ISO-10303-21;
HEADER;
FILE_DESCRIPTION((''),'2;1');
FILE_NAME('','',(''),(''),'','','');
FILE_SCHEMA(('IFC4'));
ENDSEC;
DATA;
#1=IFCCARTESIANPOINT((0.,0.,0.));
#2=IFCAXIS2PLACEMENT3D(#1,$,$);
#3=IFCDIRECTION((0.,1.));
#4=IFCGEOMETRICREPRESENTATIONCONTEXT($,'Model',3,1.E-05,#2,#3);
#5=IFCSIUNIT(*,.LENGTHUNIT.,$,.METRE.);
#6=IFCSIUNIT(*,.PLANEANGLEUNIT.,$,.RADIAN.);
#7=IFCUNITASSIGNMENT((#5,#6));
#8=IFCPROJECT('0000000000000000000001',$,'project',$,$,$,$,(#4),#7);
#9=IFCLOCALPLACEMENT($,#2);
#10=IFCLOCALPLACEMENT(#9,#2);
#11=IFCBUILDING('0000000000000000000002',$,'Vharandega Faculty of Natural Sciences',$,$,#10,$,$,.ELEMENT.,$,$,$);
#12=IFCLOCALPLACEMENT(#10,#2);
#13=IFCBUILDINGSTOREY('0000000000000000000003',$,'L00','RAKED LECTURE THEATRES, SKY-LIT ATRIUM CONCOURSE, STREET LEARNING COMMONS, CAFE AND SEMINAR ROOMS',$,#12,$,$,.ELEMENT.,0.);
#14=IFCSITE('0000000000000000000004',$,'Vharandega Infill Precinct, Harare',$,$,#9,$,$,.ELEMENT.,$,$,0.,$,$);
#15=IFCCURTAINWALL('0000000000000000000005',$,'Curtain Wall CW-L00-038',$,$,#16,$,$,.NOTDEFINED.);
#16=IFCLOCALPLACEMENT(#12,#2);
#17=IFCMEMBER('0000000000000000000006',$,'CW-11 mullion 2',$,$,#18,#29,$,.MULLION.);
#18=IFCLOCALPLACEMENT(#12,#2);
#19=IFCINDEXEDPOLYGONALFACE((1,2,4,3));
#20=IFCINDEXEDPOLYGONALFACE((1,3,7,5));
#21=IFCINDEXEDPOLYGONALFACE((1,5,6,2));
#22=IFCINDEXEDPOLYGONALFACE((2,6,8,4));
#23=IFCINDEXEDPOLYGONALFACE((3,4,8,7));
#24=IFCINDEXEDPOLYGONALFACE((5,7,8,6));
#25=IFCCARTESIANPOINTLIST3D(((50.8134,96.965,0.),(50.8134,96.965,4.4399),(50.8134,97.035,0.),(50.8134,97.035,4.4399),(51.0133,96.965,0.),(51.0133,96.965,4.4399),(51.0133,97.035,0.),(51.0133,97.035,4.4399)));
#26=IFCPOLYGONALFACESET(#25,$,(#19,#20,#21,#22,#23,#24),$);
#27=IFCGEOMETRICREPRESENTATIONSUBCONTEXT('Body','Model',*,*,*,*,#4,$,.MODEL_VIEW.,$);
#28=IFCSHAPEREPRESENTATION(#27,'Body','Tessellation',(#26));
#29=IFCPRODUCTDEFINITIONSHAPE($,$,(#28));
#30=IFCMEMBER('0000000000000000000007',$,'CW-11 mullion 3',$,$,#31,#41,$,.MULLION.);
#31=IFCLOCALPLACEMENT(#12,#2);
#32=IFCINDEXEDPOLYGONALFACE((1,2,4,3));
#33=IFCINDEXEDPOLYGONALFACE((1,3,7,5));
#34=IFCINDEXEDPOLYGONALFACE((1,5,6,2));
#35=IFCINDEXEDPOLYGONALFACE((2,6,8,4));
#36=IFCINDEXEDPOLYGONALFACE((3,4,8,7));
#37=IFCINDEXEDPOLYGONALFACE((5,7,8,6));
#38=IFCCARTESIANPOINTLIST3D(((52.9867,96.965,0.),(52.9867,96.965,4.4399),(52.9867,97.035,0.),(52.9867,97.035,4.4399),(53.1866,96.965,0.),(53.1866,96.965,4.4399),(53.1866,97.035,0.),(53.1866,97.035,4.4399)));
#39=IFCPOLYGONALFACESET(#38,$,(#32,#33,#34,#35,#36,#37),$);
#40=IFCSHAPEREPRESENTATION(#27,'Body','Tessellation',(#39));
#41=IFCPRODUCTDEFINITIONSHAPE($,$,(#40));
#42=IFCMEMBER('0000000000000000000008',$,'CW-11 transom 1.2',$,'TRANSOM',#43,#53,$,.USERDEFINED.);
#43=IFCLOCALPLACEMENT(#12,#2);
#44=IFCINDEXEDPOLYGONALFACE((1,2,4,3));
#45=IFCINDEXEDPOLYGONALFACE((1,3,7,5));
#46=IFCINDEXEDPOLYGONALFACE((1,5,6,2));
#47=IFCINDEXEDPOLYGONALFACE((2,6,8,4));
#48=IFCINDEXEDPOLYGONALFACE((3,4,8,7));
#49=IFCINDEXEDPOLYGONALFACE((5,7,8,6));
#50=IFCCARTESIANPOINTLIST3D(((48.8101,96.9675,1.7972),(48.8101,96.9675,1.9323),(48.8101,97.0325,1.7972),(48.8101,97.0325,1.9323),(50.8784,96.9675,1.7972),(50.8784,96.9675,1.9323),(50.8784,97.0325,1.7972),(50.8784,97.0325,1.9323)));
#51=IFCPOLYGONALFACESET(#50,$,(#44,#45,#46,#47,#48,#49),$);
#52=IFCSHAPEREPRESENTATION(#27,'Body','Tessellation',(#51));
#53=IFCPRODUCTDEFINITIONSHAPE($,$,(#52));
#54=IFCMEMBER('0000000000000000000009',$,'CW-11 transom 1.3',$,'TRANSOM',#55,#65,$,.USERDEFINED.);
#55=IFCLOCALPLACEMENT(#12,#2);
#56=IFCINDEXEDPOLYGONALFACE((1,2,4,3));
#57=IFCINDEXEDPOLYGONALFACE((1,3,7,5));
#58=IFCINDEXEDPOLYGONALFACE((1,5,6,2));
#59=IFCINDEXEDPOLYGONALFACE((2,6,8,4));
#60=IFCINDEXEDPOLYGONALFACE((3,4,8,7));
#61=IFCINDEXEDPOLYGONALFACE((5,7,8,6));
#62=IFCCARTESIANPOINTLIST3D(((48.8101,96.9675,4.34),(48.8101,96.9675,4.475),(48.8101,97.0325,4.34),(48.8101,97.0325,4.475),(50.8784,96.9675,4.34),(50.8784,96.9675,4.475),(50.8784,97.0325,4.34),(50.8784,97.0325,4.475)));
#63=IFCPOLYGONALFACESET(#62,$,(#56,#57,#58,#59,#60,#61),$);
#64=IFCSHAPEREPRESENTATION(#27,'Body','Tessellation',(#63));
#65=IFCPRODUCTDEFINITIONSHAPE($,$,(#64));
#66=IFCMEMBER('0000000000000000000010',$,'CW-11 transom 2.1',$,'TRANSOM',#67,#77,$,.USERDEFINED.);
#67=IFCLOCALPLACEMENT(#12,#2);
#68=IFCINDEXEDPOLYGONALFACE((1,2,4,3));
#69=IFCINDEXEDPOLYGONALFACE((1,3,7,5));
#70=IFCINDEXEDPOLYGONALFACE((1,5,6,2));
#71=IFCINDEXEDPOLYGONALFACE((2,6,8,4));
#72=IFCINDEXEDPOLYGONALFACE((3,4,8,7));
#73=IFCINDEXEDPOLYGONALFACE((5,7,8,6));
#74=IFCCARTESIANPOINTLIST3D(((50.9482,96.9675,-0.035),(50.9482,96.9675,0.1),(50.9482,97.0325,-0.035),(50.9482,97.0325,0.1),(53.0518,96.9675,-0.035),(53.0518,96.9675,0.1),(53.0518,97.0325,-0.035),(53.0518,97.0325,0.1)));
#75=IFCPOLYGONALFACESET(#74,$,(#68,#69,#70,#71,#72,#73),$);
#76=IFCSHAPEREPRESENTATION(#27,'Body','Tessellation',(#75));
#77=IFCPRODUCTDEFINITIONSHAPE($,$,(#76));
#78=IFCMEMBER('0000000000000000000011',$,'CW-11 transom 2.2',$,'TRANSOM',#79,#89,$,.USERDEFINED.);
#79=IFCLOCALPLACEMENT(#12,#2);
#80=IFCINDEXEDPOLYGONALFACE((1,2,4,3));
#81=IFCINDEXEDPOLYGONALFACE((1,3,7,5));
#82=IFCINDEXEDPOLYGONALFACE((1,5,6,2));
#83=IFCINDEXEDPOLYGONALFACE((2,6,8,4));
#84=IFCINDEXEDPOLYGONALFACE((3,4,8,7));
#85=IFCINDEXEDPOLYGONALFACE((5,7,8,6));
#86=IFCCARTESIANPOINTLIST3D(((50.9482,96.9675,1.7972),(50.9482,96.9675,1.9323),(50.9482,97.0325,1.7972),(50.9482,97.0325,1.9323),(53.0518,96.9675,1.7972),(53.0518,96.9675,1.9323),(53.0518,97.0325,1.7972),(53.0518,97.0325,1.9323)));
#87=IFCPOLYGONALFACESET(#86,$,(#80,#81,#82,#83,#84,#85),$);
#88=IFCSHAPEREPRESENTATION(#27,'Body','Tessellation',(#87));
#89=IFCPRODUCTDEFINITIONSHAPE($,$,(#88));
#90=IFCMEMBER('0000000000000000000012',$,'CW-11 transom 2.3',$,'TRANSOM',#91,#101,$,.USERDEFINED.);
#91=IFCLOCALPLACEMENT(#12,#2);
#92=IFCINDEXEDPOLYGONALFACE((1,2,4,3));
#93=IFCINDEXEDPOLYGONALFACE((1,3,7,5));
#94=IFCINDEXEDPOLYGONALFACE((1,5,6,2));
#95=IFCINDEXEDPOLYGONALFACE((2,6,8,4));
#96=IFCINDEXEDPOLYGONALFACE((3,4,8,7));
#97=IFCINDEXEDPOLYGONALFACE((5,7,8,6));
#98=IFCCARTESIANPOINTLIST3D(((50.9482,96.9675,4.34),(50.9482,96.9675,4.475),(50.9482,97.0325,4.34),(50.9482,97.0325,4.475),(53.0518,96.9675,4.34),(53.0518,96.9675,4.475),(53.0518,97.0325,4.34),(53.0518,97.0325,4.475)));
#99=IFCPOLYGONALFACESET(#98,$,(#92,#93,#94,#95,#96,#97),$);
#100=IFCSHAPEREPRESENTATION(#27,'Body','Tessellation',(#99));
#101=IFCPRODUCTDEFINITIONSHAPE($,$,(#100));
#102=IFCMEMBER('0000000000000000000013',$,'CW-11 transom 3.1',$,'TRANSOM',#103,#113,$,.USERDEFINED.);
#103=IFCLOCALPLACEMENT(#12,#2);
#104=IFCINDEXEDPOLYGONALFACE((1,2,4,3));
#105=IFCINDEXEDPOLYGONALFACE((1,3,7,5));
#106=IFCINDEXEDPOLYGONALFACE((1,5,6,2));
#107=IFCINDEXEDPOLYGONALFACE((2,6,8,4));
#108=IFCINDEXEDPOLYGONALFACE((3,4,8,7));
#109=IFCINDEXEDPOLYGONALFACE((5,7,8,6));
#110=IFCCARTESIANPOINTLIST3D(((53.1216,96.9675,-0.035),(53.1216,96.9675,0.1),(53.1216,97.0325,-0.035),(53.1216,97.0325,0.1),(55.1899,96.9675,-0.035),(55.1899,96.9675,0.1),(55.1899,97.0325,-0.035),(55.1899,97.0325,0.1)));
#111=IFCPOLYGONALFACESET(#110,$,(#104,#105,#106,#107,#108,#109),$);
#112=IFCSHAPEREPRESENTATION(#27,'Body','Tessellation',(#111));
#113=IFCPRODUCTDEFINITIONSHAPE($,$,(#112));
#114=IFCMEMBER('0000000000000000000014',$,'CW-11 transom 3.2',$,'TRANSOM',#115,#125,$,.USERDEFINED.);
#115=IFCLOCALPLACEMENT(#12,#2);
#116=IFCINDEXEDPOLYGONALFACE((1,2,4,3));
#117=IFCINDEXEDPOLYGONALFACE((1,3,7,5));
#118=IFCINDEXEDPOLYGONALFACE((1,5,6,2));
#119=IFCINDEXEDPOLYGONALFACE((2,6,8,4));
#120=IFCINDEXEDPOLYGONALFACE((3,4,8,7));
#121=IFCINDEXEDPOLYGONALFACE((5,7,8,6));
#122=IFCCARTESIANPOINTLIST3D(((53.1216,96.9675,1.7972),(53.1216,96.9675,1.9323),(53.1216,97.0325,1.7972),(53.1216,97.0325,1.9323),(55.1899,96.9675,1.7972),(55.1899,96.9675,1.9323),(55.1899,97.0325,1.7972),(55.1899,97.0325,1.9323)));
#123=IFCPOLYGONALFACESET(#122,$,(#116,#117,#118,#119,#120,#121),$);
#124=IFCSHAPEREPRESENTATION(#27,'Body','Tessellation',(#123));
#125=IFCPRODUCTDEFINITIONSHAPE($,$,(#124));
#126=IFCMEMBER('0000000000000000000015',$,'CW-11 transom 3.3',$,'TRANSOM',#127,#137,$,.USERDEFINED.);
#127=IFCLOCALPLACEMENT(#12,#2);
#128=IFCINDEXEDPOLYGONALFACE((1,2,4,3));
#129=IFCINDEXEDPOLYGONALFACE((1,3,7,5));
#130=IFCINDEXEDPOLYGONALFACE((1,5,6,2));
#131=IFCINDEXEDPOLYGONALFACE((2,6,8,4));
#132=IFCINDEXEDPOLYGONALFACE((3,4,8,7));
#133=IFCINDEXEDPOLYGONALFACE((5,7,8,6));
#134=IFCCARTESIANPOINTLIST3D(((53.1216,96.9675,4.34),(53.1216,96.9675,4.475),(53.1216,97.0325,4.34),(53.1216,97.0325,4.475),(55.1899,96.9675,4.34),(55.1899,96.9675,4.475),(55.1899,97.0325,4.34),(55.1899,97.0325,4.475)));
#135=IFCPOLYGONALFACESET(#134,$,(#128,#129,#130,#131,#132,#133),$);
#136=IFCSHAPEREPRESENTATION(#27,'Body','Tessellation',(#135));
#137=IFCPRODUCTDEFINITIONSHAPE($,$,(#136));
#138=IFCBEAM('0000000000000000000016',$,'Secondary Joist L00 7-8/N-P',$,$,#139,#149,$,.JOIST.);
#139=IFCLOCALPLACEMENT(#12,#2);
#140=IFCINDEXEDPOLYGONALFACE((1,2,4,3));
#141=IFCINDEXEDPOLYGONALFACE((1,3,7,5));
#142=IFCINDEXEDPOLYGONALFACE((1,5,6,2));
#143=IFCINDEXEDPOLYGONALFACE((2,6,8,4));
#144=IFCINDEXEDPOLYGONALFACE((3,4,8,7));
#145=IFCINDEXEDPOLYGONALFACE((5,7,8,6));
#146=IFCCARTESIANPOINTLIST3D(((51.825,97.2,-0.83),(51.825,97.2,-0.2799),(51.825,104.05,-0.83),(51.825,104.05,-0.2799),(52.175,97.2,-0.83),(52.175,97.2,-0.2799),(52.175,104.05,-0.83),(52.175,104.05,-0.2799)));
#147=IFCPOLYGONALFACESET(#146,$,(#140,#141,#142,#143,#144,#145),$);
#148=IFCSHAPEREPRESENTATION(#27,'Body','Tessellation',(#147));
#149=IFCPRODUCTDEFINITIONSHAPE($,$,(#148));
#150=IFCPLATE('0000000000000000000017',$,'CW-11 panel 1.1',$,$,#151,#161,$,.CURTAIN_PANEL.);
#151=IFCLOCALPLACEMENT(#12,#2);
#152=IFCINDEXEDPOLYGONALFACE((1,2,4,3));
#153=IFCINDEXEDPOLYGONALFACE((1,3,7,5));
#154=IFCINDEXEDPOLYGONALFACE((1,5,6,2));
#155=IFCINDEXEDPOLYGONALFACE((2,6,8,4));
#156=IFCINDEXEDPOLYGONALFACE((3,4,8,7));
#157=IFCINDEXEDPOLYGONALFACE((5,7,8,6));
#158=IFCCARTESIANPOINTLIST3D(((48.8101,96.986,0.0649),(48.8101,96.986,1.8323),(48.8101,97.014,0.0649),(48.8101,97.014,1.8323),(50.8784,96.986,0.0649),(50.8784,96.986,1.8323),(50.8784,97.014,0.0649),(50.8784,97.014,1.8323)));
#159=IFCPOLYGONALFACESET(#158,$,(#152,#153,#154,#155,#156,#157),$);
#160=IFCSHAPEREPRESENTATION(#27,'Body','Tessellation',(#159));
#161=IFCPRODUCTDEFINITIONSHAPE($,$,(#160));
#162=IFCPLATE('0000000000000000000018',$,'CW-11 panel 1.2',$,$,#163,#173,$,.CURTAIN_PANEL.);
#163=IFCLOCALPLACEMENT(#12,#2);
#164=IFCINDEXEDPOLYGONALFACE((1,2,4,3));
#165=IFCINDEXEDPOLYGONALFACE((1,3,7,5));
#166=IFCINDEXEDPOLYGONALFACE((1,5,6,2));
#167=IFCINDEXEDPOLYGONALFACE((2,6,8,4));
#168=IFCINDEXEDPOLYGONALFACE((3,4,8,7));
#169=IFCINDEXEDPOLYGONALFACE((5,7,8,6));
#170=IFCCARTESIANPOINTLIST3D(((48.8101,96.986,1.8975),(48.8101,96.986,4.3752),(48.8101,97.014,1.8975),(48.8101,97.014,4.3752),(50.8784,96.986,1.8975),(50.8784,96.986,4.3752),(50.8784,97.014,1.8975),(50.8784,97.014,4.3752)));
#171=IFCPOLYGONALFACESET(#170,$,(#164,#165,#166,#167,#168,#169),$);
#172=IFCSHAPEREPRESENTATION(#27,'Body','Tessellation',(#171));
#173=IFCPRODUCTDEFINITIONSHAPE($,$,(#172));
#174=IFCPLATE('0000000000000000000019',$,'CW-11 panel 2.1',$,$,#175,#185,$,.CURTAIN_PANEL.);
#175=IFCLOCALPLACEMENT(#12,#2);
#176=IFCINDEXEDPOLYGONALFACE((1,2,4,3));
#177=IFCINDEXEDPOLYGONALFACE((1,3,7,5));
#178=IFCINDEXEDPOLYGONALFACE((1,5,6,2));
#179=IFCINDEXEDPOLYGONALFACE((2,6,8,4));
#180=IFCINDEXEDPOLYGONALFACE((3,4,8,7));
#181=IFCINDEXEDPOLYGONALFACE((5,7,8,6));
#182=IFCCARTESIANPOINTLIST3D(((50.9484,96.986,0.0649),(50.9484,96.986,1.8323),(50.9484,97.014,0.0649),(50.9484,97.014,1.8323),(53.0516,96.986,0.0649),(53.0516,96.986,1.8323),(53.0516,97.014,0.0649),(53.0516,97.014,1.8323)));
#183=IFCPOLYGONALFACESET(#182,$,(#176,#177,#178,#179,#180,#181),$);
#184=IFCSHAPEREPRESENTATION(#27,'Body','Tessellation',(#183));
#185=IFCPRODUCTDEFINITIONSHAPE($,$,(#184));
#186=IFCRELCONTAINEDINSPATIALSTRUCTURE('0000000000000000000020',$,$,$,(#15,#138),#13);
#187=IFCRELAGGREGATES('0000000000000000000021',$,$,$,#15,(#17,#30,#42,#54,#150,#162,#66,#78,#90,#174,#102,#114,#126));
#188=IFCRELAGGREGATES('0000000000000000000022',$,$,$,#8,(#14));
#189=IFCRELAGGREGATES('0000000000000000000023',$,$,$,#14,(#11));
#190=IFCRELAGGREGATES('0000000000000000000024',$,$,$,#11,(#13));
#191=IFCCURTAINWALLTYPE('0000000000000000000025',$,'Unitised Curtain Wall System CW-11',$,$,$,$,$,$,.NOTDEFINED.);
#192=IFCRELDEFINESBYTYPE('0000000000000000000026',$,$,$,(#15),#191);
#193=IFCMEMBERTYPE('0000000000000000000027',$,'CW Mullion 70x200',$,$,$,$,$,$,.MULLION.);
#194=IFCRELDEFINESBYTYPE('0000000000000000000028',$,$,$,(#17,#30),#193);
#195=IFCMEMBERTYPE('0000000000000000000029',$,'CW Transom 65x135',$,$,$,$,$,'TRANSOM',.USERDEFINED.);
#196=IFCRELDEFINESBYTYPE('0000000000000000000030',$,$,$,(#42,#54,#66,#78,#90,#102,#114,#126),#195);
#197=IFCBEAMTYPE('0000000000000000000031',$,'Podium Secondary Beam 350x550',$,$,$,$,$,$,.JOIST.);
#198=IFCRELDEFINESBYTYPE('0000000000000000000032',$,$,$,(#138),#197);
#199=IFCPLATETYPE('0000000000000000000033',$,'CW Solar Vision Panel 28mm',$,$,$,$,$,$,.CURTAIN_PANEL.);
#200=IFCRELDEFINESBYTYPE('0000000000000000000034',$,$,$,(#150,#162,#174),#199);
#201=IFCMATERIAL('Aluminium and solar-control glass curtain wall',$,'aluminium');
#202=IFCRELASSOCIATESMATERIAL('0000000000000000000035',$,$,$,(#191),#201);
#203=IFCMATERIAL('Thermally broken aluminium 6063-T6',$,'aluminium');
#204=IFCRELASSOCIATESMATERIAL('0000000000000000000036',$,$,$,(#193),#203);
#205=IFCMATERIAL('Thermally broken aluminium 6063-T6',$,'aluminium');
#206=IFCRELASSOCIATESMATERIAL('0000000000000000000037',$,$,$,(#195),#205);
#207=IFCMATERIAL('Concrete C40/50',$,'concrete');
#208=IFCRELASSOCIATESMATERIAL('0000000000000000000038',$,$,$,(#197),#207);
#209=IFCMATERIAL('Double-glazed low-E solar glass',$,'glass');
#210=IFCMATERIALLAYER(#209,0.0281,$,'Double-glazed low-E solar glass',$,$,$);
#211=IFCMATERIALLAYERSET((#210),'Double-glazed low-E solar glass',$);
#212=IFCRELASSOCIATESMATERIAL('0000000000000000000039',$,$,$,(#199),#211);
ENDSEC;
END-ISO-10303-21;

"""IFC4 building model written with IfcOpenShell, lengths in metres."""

from ifc_helpers import new_model, si_unit, direction, frame, origin, origin_2d, place, context, subcontext, project, spatial, rectangle, extrude, material, layer, layer_set, material_profile, profile_set, type_object, element, aggregate, save


model = new_model("IFC4")

# Units and contexts
model_context = context("Model", 3, precision=1e-05, world=origin(), true_north=direction((0.0, 1.0)))
body_context = subcontext(model_context, "Body", "Model", "MODEL_VIEW")
ifc_project = project(units=[si_unit("LENGTHUNIT", "METRE"), si_unit("PLANEANGLEUNIT", "RADIAN")], contexts=[model_context])

# Site, building, storey
site_placement = place(None, origin())
site = spatial("IfcSite", under=ifc_project, at=site_placement, Name="Vharandega Infill Precinct, Harare", CompositionType="ELEMENT", RefElevation=0.0)
building_placement = place(site_placement, origin())
building = spatial("IfcBuilding", under=site, at=building_placement, Name="Vharandega Faculty of Natural Sciences", CompositionType="ELEMENT")
storey_placement = place(building_placement, origin())
storey = spatial("IfcBuildingStorey", under=building, at=storey_placement, Name="L00", Description="RAKED LECTURE THEATRES, SKY-LIT ATRIUM CONCOURSE, STREET LEARNING COMMONS, CAFE AND SEMINAR ROOMS", CompositionType="ELEMENT", Elevation=0.0)

# Curtain wall, members
ifc_material_1 = material(Name="Aluminium and solar-control glass curtain wall", Category="aluminium")
curtain_wall_type = type_object("IfcCurtainWallType", Name="Unitised Curtain Wall System CW-11", PredefinedType="NOTDEFINED", material=ifc_material_1)
curtain_wall_placement = place(storey_placement, origin())
curtain_wall = element("IfcCurtainWall", 1, at=curtain_wall_placement, inside=storey, type_object=curtain_wall_type, Name="Curtain Wall CW-L00-038", PredefinedType="NOTDEFINED")
ifc_material_2 = material(Name="Thermally broken aluminium 6063-T6", Category="aluminium")
ifc_material_profile_1 = material_profile(ifc_material_2, rectangle(XDim=0.0701, YDim=0.2, at=origin_2d()), Name="ALU 70x200")
ifc_profile_set_1 = profile_set([ifc_material_profile_1], Name="Thermally broken aluminium 6063-T6")
member_type_1 = type_object("IfcMemberType", Name="CW Mullion 70x200", PredefinedType="MULLION", material=ifc_profile_set_1)
member_1_placement = place(storey_placement, frame((50.9133, 97.0, 0.0), z_axis=(0.0, 0.0, 1.0), x_axis=(0.0, 1.0, 0.0)))
member_1 = element("IfcMember", 2, at=member_1_placement, type_object=member_type_1, Name="CW-11 mullion 2", PredefinedType="MULLION", context=body_context, shape_type="SweptSolid", body=[
    extrude(rectangle(XDim=0.0701, YDim=0.2, at=origin_2d()), origin(), (0.0, 0.0, 1.0), 4.4399),
])
member_2_placement = place(storey_placement, frame((53.0867, 97.0, 0.0), z_axis=(0.0, 0.0, 1.0), x_axis=(0.0, 1.0, 0.0)))
member_2 = element("IfcMember", 3, at=member_2_placement, type_object=member_type_1, Name="CW-11 mullion 3", PredefinedType="MULLION", context=body_context, shape_type="SweptSolid", body=[
    extrude(rectangle(XDim=0.0701, YDim=0.2, at=origin_2d()), origin(), (0.0, 0.0, 1.0), 4.4399),
])
ifc_material_3 = material(Name="Thermally broken aluminium 6063-T6", Category="aluminium")
ifc_material_profile_2 = material_profile(ifc_material_3, rectangle(XDim=0.0649, YDim=0.135, at=origin_2d()), Name="ALU 65x135")
ifc_profile_set_2 = profile_set([ifc_material_profile_2], Name="Thermally broken aluminium 6063-T6")
member_type_2 = type_object("IfcMemberType", Name="CW Transom 65x135", ElementType="TRANSOM", PredefinedType="USERDEFINED", material=ifc_profile_set_2)
member_3_placement = place(storey_placement, frame((48.8101, 97.0, 1.8647), z_axis=(1.0, 0.0, 0.0), x_axis=(0.0, 1.0, 0.0)))
member_3 = element("IfcMember", 4, at=member_3_placement, type_object=member_type_2, Name="CW-11 transom 1.2", ObjectType="TRANSOM", PredefinedType="USERDEFINED", context=body_context, shape_type="SweptSolid", body=[
    extrude(rectangle(XDim=0.0649, YDim=0.135, at=origin_2d()), origin(), (0.0, 0.0, 1.0), 2.0684),
])
member_4_placement = place(storey_placement, frame((48.8101, 97.0, 4.4075), z_axis=(1.0, 0.0, 0.0), x_axis=(0.0, 1.0, 0.0)))
member_4 = element("IfcMember", 5, at=member_4_placement, type_object=member_type_2, Name="CW-11 transom 1.3", ObjectType="TRANSOM", PredefinedType="USERDEFINED", context=body_context, shape_type="SweptSolid", body=[
    extrude(rectangle(XDim=0.0649, YDim=0.135, at=origin_2d()), origin(), (0.0, 0.0, 1.0), 2.0684),
])
member_5_placement = place(storey_placement, frame((50.9482, 97.0, 0.0325), z_axis=(1.0, 0.0, 0.0), x_axis=(0.0, 1.0, 0.0)))
member_5 = element("IfcMember", 6, at=member_5_placement, type_object=member_type_2, Name="CW-11 transom 2.1", ObjectType="TRANSOM", PredefinedType="USERDEFINED", context=body_context, shape_type="SweptSolid", body=[
    extrude(rectangle(XDim=0.0649, YDim=0.135, at=origin_2d()), origin(), (0.0, 0.0, 1.0), 2.1035),
])
member_6_placement = place(storey_placement, frame((50.9482, 97.0, 1.8647), z_axis=(1.0, 0.0, 0.0), x_axis=(0.0, 1.0, 0.0)))
member_6 = element("IfcMember", 7, at=member_6_placement, type_object=member_type_2, Name="CW-11 transom 2.2", ObjectType="TRANSOM", PredefinedType="USERDEFINED", context=body_context, shape_type="SweptSolid", body=[
    extrude(rectangle(XDim=0.0649, YDim=0.135, at=origin_2d()), origin(), (0.0, 0.0, 1.0), 2.1035),
])
member_7_placement = place(storey_placement, frame((50.9482, 97.0, 4.4075), z_axis=(1.0, 0.0, 0.0), x_axis=(0.0, 1.0, 0.0)))
member_7 = element("IfcMember", 8, at=member_7_placement, type_object=member_type_2, Name="CW-11 transom 2.3", ObjectType="TRANSOM", PredefinedType="USERDEFINED", context=body_context, shape_type="SweptSolid", body=[
    extrude(rectangle(XDim=0.0649, YDim=0.135, at=origin_2d()), origin(), (0.0, 0.0, 1.0), 2.1035),
])
member_8_placement = place(storey_placement, frame((53.1216, 97.0, 0.0325), z_axis=(1.0, 0.0, 0.0), x_axis=(0.0, 1.0, 0.0)))
member_8 = element("IfcMember", 9, at=member_8_placement, type_object=member_type_2, Name="CW-11 transom 3.1", ObjectType="TRANSOM", PredefinedType="USERDEFINED", context=body_context, shape_type="SweptSolid", body=[
    extrude(rectangle(XDim=0.0649, YDim=0.135, at=origin_2d()), origin(), (0.0, 0.0, 1.0), 2.0684),
])
member_9_placement = place(storey_placement, frame((53.1216, 97.0, 1.8647), z_axis=(1.0, 0.0, 0.0), x_axis=(0.0, 1.0, 0.0)))
member_9 = element("IfcMember", 10, at=member_9_placement, type_object=member_type_2, Name="CW-11 transom 3.2", ObjectType="TRANSOM", PredefinedType="USERDEFINED", context=body_context, shape_type="SweptSolid", body=[
    extrude(rectangle(XDim=0.0649, YDim=0.135, at=origin_2d()), origin(), (0.0, 0.0, 1.0), 2.0684),
])
member_10_placement = place(storey_placement, frame((53.1216, 97.0, 4.4075), z_axis=(1.0, 0.0, 0.0), x_axis=(0.0, 1.0, 0.0)))
member_10 = element("IfcMember", 11, at=member_10_placement, type_object=member_type_2, Name="CW-11 transom 3.3", ObjectType="TRANSOM", PredefinedType="USERDEFINED", context=body_context, shape_type="SweptSolid", body=[
    extrude(rectangle(XDim=0.0649, YDim=0.135, at=origin_2d()), origin(), (0.0, 0.0, 1.0), 2.0684),
])

# Beam
ifc_material_4 = material(Name="Concrete C40/50", Category="concrete")
ifc_material_profile_3 = material_profile(ifc_material_4, rectangle(XDim=0.3501, YDim=0.55, at=origin_2d()), Name="RC 350x550")
ifc_profile_set_3 = profile_set([ifc_material_profile_3], Name="Concrete C40/50")
beam_type = type_object("IfcBeamType", Name="Podium Secondary Beam 350x550", PredefinedType="JOIST", material=ifc_profile_set_3)
beam_placement = place(storey_placement, frame((52.0, 97.2, -0.5549), z_axis=(0.0, 1.0, 0.0), x_axis=(-1.0, 0.0, 0.0)))
element("IfcBeam", 12, at=beam_placement, inside=storey, type_object=beam_type, Name="Secondary Joist L00 7-8/N-P", PredefinedType="JOIST", context=body_context, shape_type="SweptSolid", body=[
    extrude(rectangle(XDim=0.3501, YDim=0.55, at=origin_2d()), origin(), (0.0, 0.0, 1.0), 6.8501),
])

# Plates
ifc_material_5 = material(Name="Double-glazed low-E solar glass", Category="glass")
ifc_layer_1 = layer(ifc_material_5, 0.0281, Name="Double-glazed low-E solar glass")
ifc_layer_set_1 = layer_set([ifc_layer_1], Name="Double-glazed low-E solar glass")
plate_type = type_object("IfcPlateType", Name="CW Solar Vision Panel 28mm", PredefinedType="CURTAIN_PANEL", material=ifc_layer_set_1)
plate_1_placement = place(storey_placement, frame((49.8442, 97.0, 0.0649), z_axis=(0.0, 0.0, 1.0), x_axis=(1.0, 0.0, 0.0)))
plate_1 = element("IfcPlate", 13, at=plate_1_placement, type_object=plate_type, Name="CW-11 panel 1.1", PredefinedType="CURTAIN_PANEL", context=body_context, shape_type="SweptSolid", body=[
    extrude(rectangle(XDim=2.0684, YDim=0.0281, at=origin_2d()), origin(), (0.0, 0.0, 1.0), 1.7673),
])
plate_2_placement = place(storey_placement, frame((49.8442, 97.0, 1.8975), z_axis=(0.0, 0.0, 1.0), x_axis=(1.0, 0.0, 0.0)))
plate_2 = element("IfcPlate", 14, at=plate_2_placement, type_object=plate_type, Name="CW-11 panel 1.2", PredefinedType="CURTAIN_PANEL", context=body_context, shape_type="SweptSolid", body=[
    extrude(rectangle(XDim=2.0684, YDim=0.0281, at=origin_2d()), origin(), (0.0, 0.0, 1.0), 2.4778),
])
plate_3_placement = place(storey_placement, frame((52.0, 97.0, 0.0649), z_axis=(0.0, 0.0, 1.0), x_axis=(1.0, 0.0, 0.0)))
plate_3 = element("IfcPlate", 15, at=plate_3_placement, type_object=plate_type, Name="CW-11 panel 2.1", PredefinedType="CURTAIN_PANEL", context=body_context, shape_type="SweptSolid", body=[
    extrude(rectangle(XDim=2.1033, YDim=0.0281, at=origin_2d()), origin(), (0.0, 0.0, 1.0), 1.7673),
])
aggregate(curtain_wall, [member_1, member_2, member_3, member_4, plate_1, plate_2, member_5, member_6, member_7, plate_3, member_8, member_9, member_10])

save(model, "model.ifc")
